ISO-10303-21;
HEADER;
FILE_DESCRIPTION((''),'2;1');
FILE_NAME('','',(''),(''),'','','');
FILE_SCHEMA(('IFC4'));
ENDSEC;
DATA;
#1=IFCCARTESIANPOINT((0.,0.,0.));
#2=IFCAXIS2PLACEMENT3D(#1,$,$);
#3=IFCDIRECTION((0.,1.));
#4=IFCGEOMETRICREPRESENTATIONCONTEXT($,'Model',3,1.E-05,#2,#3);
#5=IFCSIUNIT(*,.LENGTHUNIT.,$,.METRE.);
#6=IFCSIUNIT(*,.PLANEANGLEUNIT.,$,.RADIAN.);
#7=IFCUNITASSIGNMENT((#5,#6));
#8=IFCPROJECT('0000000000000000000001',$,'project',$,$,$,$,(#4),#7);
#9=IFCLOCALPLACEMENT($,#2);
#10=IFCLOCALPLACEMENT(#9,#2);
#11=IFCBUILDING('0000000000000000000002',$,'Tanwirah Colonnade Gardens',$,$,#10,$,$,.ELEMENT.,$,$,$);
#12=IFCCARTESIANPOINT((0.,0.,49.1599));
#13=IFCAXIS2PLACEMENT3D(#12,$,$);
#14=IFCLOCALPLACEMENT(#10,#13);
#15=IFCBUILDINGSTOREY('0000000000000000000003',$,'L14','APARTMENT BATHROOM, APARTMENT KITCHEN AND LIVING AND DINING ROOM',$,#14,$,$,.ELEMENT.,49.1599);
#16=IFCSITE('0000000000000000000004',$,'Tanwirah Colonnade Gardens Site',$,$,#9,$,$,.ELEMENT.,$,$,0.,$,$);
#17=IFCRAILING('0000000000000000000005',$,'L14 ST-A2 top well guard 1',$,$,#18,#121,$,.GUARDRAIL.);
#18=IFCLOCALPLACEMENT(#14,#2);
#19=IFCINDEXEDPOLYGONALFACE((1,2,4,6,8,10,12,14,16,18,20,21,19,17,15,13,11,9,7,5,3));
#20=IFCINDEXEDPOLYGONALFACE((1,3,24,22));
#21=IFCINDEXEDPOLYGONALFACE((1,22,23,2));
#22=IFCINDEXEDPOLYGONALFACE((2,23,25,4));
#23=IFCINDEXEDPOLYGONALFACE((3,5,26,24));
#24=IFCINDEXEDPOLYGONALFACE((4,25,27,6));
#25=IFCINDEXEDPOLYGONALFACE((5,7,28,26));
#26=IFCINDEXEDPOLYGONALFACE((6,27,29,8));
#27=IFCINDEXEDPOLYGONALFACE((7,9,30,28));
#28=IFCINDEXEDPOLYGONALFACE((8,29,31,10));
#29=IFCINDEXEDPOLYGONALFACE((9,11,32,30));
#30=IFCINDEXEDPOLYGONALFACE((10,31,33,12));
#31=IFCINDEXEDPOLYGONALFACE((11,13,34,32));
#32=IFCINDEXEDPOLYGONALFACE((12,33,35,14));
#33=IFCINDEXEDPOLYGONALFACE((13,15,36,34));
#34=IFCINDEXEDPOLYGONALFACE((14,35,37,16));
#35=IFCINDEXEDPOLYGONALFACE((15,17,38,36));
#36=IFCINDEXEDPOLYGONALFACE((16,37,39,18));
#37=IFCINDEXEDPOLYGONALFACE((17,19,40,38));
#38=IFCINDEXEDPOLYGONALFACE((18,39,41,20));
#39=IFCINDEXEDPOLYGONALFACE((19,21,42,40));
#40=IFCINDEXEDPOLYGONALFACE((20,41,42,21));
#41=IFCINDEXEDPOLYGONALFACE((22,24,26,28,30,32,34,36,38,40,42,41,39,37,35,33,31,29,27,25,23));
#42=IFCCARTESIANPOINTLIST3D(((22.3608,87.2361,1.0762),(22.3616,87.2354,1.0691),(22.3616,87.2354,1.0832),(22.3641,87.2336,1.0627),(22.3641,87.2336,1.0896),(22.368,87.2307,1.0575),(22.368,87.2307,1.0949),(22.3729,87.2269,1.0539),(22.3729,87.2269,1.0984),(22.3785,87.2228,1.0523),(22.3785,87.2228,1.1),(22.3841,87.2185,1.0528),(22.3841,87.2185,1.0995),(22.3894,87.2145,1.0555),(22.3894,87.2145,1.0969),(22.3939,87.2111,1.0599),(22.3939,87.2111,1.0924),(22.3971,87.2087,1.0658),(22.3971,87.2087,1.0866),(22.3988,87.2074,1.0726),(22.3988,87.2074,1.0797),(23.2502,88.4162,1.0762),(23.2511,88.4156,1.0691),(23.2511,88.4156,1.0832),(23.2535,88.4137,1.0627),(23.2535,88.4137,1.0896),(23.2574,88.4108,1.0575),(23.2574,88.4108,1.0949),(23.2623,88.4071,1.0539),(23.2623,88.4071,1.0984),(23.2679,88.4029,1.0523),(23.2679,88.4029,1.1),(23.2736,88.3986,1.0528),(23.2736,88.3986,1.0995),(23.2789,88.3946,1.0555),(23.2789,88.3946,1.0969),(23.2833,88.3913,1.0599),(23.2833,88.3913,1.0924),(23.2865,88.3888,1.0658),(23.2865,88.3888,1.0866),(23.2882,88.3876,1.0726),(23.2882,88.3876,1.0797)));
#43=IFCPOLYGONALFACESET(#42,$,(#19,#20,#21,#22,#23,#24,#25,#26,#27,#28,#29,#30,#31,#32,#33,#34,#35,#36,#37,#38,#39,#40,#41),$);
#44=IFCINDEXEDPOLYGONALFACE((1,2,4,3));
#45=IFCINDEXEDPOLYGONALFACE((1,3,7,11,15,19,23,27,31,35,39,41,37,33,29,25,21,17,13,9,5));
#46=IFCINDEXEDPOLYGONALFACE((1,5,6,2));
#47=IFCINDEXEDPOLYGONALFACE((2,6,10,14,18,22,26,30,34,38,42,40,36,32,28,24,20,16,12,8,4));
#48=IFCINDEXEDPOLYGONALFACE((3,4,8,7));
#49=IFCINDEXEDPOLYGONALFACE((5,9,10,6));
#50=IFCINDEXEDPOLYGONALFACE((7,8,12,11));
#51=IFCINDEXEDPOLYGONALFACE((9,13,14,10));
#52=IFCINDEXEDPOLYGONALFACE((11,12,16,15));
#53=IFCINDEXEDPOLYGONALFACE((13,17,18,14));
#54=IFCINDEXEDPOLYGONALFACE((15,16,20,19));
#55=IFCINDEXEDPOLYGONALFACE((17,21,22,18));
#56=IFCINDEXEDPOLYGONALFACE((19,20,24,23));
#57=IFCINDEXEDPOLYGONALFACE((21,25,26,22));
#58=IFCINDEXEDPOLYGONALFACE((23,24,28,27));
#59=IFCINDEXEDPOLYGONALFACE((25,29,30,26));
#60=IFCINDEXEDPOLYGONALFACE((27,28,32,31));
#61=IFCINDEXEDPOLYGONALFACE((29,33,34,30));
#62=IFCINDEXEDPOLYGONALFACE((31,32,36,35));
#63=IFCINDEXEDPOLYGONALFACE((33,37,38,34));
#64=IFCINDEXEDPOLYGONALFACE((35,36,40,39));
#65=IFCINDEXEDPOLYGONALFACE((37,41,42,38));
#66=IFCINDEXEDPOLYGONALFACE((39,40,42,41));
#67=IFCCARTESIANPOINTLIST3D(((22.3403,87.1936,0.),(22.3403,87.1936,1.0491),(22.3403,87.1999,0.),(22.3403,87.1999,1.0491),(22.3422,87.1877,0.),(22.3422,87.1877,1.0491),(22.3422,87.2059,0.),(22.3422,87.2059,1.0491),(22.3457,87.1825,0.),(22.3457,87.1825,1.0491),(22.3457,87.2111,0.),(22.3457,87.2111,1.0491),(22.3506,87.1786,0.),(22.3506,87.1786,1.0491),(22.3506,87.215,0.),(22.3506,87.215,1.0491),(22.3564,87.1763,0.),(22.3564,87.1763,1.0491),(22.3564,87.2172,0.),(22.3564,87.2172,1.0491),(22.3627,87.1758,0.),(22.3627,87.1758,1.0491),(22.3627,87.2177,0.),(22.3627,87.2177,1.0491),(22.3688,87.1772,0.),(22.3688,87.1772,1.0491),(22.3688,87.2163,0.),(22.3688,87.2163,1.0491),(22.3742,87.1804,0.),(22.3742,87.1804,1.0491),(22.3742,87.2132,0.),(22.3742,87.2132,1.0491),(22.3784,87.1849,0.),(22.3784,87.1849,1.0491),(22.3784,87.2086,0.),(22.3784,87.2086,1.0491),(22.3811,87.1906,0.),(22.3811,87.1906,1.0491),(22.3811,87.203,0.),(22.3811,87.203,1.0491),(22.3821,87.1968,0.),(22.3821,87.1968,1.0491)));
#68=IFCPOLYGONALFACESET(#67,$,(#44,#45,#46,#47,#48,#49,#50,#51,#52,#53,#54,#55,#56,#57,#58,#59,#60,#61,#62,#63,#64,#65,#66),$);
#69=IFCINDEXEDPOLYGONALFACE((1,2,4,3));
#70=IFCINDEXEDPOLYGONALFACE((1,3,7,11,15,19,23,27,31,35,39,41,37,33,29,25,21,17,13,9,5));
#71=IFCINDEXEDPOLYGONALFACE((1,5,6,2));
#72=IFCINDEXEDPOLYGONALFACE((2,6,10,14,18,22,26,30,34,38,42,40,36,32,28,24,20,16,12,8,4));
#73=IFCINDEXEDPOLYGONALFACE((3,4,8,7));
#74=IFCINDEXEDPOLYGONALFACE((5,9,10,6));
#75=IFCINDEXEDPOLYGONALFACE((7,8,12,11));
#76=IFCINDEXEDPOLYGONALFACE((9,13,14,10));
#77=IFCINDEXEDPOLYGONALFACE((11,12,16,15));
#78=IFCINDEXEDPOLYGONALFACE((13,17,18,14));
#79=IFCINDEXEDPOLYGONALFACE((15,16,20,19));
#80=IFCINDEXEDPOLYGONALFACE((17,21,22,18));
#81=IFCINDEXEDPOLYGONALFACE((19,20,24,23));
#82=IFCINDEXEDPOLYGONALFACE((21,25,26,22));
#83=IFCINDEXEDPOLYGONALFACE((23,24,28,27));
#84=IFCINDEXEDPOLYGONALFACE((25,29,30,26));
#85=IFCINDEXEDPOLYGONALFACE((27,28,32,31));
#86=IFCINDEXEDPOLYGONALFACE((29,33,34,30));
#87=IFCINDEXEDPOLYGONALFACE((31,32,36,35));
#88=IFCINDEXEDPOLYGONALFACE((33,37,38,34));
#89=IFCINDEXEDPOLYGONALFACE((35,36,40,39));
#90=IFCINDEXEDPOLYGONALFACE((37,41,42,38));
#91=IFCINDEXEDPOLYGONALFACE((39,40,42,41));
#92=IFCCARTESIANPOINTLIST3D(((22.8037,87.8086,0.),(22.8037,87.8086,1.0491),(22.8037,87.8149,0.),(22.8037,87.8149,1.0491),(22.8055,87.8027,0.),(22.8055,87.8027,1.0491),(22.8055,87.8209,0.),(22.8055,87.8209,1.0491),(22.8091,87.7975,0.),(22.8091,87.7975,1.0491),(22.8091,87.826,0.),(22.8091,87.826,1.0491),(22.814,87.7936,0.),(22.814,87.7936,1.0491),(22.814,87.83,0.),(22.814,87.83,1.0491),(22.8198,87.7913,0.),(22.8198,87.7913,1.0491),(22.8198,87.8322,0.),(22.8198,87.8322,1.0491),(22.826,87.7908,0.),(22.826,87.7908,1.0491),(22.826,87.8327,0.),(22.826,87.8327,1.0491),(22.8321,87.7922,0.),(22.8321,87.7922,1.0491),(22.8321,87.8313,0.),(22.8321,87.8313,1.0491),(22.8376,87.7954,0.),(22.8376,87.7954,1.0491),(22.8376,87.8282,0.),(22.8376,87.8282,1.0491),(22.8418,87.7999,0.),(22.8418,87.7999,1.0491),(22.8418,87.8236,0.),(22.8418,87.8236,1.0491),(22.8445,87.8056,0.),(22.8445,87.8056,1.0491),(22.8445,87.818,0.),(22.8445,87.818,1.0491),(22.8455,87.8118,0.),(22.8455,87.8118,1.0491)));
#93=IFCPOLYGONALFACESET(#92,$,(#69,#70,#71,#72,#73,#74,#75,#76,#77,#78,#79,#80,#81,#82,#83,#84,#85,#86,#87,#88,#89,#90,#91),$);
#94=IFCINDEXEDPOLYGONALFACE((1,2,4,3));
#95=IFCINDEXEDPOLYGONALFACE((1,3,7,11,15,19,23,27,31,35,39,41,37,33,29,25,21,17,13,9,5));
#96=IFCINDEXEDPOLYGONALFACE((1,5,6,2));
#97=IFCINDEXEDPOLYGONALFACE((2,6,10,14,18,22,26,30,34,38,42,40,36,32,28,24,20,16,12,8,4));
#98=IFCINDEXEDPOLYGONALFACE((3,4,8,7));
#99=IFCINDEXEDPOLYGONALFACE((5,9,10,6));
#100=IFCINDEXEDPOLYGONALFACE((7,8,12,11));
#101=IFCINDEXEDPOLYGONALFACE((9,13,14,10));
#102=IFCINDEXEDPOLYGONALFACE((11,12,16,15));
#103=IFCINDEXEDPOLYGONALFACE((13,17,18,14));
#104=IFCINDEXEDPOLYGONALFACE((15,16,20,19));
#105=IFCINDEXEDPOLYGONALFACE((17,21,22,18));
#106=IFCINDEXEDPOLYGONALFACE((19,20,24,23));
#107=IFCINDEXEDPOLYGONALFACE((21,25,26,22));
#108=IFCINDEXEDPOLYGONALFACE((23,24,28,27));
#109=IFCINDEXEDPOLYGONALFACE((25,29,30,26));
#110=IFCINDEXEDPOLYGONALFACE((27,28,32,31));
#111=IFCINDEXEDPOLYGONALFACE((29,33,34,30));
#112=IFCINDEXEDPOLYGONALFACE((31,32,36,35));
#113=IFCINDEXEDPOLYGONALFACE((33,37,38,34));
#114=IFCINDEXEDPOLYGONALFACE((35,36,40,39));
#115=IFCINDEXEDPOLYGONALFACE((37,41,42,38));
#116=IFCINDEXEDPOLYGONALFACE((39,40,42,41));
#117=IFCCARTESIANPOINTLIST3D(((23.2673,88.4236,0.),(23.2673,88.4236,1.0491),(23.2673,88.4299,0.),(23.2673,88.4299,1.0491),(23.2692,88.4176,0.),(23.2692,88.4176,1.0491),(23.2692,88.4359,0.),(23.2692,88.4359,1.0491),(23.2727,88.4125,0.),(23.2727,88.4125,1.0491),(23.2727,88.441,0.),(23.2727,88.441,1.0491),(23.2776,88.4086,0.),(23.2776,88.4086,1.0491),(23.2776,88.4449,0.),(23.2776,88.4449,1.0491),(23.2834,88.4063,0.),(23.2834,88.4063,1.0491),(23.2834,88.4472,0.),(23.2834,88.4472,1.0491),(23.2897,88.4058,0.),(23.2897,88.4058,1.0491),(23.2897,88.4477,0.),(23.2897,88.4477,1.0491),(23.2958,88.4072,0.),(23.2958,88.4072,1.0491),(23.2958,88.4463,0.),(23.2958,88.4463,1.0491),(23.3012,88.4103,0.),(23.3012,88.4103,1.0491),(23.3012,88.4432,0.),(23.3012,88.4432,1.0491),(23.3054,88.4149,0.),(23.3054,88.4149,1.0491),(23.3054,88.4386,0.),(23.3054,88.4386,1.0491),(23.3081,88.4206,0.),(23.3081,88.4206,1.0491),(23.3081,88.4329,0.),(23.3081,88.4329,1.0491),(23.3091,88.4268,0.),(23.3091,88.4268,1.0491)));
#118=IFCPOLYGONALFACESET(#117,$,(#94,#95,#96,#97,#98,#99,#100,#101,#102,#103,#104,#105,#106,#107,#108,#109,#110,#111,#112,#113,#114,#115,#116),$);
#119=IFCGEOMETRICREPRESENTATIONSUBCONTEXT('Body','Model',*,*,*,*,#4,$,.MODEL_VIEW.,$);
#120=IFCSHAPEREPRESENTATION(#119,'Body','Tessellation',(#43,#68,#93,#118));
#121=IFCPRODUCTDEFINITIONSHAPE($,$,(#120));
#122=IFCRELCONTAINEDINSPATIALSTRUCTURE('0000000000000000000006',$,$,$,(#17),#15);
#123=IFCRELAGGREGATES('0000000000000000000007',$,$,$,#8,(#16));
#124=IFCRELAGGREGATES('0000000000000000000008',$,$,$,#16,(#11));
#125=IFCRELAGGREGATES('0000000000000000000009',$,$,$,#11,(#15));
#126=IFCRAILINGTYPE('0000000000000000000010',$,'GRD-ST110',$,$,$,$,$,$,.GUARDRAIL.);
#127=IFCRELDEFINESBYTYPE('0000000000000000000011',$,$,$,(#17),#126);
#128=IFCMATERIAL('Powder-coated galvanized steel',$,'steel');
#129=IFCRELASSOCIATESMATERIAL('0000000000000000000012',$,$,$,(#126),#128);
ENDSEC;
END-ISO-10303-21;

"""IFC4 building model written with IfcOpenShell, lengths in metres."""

from ifc_helpers import new_model, si_unit, direction, frame, origin, origin_2d, place, context, subcontext, project, spatial, circle, extrude, material, type_object, element, save


model = new_model("IFC4")

# Units and contexts
model_context = context("Model", 3, precision=1e-05, world=origin(), true_north=direction((0.0, 1.0)))
body_context = subcontext(model_context, "Body", "Model", "MODEL_VIEW")
ifc_project = project(units=[si_unit("LENGTHUNIT", "METRE"), si_unit("PLANEANGLEUNIT", "RADIAN")], contexts=[model_context])

# Site, building, storey
site_placement = place(None, origin())
site = spatial("IfcSite", under=ifc_project, at=site_placement, Name="Tanwirah Colonnade Gardens Site", CompositionType="ELEMENT", RefElevation=0.0)
building_placement = place(site_placement, origin())
building = spatial("IfcBuilding", under=site, at=building_placement, Name="Tanwirah Colonnade Gardens", CompositionType="ELEMENT")
storey_placement = place(building_placement, frame((0.0, 0.0, 49.1599)))
storey = spatial("IfcBuildingStorey", under=building, at=storey_placement, Name="L14", Description="APARTMENT BATHROOM, APARTMENT KITCHEN AND LIVING AND DINING ROOM", CompositionType="ELEMENT", Elevation=49.1599)

# Railing
ifc_material_1 = material(Name="Powder-coated galvanized steel", Category="steel")
railing_type_1 = type_object("IfcRailingType", Name="GRD-ST110", PredefinedType="GUARDRAIL", material=ifc_material_1)
railing_1_placement = place(storey_placement, frame((22.3611, 87.1968, 0.0)))
element("IfcRailing", 1, at=railing_1_placement, inside=storey, type_object=railing_type_1, Name="L14 ST-A2 top well guard 1", PredefinedType="GUARDRAIL", context=body_context, shape_type="SweptSolid", body=[
    extrude(circle(Radius=0.0239, at=origin_2d()), frame((0.0188, 0.0249, 1.0762), z_axis=(0.601875, 0.79859, 0.0), x_axis=(-0.79859, 0.601875, 0.0)), (0.0, 0.0, 1.0), 1.4778),
    extrude(circle(Radius=0.021, at=origin_2d()), origin(), (0.0, 0.0, 1.0), 1.0491),
    extrude(circle(Radius=0.021, at=origin_2d()), frame((0.4634, 0.615, 0.0)), (0.0, 0.0, 1.0), 1.0491),
    extrude(circle(Radius=0.021, at=origin_2d()), frame((0.927, 1.23, 0.0)), (0.0, 0.0, 1.0), 1.0491),
])

save(model, "model.ifc")
